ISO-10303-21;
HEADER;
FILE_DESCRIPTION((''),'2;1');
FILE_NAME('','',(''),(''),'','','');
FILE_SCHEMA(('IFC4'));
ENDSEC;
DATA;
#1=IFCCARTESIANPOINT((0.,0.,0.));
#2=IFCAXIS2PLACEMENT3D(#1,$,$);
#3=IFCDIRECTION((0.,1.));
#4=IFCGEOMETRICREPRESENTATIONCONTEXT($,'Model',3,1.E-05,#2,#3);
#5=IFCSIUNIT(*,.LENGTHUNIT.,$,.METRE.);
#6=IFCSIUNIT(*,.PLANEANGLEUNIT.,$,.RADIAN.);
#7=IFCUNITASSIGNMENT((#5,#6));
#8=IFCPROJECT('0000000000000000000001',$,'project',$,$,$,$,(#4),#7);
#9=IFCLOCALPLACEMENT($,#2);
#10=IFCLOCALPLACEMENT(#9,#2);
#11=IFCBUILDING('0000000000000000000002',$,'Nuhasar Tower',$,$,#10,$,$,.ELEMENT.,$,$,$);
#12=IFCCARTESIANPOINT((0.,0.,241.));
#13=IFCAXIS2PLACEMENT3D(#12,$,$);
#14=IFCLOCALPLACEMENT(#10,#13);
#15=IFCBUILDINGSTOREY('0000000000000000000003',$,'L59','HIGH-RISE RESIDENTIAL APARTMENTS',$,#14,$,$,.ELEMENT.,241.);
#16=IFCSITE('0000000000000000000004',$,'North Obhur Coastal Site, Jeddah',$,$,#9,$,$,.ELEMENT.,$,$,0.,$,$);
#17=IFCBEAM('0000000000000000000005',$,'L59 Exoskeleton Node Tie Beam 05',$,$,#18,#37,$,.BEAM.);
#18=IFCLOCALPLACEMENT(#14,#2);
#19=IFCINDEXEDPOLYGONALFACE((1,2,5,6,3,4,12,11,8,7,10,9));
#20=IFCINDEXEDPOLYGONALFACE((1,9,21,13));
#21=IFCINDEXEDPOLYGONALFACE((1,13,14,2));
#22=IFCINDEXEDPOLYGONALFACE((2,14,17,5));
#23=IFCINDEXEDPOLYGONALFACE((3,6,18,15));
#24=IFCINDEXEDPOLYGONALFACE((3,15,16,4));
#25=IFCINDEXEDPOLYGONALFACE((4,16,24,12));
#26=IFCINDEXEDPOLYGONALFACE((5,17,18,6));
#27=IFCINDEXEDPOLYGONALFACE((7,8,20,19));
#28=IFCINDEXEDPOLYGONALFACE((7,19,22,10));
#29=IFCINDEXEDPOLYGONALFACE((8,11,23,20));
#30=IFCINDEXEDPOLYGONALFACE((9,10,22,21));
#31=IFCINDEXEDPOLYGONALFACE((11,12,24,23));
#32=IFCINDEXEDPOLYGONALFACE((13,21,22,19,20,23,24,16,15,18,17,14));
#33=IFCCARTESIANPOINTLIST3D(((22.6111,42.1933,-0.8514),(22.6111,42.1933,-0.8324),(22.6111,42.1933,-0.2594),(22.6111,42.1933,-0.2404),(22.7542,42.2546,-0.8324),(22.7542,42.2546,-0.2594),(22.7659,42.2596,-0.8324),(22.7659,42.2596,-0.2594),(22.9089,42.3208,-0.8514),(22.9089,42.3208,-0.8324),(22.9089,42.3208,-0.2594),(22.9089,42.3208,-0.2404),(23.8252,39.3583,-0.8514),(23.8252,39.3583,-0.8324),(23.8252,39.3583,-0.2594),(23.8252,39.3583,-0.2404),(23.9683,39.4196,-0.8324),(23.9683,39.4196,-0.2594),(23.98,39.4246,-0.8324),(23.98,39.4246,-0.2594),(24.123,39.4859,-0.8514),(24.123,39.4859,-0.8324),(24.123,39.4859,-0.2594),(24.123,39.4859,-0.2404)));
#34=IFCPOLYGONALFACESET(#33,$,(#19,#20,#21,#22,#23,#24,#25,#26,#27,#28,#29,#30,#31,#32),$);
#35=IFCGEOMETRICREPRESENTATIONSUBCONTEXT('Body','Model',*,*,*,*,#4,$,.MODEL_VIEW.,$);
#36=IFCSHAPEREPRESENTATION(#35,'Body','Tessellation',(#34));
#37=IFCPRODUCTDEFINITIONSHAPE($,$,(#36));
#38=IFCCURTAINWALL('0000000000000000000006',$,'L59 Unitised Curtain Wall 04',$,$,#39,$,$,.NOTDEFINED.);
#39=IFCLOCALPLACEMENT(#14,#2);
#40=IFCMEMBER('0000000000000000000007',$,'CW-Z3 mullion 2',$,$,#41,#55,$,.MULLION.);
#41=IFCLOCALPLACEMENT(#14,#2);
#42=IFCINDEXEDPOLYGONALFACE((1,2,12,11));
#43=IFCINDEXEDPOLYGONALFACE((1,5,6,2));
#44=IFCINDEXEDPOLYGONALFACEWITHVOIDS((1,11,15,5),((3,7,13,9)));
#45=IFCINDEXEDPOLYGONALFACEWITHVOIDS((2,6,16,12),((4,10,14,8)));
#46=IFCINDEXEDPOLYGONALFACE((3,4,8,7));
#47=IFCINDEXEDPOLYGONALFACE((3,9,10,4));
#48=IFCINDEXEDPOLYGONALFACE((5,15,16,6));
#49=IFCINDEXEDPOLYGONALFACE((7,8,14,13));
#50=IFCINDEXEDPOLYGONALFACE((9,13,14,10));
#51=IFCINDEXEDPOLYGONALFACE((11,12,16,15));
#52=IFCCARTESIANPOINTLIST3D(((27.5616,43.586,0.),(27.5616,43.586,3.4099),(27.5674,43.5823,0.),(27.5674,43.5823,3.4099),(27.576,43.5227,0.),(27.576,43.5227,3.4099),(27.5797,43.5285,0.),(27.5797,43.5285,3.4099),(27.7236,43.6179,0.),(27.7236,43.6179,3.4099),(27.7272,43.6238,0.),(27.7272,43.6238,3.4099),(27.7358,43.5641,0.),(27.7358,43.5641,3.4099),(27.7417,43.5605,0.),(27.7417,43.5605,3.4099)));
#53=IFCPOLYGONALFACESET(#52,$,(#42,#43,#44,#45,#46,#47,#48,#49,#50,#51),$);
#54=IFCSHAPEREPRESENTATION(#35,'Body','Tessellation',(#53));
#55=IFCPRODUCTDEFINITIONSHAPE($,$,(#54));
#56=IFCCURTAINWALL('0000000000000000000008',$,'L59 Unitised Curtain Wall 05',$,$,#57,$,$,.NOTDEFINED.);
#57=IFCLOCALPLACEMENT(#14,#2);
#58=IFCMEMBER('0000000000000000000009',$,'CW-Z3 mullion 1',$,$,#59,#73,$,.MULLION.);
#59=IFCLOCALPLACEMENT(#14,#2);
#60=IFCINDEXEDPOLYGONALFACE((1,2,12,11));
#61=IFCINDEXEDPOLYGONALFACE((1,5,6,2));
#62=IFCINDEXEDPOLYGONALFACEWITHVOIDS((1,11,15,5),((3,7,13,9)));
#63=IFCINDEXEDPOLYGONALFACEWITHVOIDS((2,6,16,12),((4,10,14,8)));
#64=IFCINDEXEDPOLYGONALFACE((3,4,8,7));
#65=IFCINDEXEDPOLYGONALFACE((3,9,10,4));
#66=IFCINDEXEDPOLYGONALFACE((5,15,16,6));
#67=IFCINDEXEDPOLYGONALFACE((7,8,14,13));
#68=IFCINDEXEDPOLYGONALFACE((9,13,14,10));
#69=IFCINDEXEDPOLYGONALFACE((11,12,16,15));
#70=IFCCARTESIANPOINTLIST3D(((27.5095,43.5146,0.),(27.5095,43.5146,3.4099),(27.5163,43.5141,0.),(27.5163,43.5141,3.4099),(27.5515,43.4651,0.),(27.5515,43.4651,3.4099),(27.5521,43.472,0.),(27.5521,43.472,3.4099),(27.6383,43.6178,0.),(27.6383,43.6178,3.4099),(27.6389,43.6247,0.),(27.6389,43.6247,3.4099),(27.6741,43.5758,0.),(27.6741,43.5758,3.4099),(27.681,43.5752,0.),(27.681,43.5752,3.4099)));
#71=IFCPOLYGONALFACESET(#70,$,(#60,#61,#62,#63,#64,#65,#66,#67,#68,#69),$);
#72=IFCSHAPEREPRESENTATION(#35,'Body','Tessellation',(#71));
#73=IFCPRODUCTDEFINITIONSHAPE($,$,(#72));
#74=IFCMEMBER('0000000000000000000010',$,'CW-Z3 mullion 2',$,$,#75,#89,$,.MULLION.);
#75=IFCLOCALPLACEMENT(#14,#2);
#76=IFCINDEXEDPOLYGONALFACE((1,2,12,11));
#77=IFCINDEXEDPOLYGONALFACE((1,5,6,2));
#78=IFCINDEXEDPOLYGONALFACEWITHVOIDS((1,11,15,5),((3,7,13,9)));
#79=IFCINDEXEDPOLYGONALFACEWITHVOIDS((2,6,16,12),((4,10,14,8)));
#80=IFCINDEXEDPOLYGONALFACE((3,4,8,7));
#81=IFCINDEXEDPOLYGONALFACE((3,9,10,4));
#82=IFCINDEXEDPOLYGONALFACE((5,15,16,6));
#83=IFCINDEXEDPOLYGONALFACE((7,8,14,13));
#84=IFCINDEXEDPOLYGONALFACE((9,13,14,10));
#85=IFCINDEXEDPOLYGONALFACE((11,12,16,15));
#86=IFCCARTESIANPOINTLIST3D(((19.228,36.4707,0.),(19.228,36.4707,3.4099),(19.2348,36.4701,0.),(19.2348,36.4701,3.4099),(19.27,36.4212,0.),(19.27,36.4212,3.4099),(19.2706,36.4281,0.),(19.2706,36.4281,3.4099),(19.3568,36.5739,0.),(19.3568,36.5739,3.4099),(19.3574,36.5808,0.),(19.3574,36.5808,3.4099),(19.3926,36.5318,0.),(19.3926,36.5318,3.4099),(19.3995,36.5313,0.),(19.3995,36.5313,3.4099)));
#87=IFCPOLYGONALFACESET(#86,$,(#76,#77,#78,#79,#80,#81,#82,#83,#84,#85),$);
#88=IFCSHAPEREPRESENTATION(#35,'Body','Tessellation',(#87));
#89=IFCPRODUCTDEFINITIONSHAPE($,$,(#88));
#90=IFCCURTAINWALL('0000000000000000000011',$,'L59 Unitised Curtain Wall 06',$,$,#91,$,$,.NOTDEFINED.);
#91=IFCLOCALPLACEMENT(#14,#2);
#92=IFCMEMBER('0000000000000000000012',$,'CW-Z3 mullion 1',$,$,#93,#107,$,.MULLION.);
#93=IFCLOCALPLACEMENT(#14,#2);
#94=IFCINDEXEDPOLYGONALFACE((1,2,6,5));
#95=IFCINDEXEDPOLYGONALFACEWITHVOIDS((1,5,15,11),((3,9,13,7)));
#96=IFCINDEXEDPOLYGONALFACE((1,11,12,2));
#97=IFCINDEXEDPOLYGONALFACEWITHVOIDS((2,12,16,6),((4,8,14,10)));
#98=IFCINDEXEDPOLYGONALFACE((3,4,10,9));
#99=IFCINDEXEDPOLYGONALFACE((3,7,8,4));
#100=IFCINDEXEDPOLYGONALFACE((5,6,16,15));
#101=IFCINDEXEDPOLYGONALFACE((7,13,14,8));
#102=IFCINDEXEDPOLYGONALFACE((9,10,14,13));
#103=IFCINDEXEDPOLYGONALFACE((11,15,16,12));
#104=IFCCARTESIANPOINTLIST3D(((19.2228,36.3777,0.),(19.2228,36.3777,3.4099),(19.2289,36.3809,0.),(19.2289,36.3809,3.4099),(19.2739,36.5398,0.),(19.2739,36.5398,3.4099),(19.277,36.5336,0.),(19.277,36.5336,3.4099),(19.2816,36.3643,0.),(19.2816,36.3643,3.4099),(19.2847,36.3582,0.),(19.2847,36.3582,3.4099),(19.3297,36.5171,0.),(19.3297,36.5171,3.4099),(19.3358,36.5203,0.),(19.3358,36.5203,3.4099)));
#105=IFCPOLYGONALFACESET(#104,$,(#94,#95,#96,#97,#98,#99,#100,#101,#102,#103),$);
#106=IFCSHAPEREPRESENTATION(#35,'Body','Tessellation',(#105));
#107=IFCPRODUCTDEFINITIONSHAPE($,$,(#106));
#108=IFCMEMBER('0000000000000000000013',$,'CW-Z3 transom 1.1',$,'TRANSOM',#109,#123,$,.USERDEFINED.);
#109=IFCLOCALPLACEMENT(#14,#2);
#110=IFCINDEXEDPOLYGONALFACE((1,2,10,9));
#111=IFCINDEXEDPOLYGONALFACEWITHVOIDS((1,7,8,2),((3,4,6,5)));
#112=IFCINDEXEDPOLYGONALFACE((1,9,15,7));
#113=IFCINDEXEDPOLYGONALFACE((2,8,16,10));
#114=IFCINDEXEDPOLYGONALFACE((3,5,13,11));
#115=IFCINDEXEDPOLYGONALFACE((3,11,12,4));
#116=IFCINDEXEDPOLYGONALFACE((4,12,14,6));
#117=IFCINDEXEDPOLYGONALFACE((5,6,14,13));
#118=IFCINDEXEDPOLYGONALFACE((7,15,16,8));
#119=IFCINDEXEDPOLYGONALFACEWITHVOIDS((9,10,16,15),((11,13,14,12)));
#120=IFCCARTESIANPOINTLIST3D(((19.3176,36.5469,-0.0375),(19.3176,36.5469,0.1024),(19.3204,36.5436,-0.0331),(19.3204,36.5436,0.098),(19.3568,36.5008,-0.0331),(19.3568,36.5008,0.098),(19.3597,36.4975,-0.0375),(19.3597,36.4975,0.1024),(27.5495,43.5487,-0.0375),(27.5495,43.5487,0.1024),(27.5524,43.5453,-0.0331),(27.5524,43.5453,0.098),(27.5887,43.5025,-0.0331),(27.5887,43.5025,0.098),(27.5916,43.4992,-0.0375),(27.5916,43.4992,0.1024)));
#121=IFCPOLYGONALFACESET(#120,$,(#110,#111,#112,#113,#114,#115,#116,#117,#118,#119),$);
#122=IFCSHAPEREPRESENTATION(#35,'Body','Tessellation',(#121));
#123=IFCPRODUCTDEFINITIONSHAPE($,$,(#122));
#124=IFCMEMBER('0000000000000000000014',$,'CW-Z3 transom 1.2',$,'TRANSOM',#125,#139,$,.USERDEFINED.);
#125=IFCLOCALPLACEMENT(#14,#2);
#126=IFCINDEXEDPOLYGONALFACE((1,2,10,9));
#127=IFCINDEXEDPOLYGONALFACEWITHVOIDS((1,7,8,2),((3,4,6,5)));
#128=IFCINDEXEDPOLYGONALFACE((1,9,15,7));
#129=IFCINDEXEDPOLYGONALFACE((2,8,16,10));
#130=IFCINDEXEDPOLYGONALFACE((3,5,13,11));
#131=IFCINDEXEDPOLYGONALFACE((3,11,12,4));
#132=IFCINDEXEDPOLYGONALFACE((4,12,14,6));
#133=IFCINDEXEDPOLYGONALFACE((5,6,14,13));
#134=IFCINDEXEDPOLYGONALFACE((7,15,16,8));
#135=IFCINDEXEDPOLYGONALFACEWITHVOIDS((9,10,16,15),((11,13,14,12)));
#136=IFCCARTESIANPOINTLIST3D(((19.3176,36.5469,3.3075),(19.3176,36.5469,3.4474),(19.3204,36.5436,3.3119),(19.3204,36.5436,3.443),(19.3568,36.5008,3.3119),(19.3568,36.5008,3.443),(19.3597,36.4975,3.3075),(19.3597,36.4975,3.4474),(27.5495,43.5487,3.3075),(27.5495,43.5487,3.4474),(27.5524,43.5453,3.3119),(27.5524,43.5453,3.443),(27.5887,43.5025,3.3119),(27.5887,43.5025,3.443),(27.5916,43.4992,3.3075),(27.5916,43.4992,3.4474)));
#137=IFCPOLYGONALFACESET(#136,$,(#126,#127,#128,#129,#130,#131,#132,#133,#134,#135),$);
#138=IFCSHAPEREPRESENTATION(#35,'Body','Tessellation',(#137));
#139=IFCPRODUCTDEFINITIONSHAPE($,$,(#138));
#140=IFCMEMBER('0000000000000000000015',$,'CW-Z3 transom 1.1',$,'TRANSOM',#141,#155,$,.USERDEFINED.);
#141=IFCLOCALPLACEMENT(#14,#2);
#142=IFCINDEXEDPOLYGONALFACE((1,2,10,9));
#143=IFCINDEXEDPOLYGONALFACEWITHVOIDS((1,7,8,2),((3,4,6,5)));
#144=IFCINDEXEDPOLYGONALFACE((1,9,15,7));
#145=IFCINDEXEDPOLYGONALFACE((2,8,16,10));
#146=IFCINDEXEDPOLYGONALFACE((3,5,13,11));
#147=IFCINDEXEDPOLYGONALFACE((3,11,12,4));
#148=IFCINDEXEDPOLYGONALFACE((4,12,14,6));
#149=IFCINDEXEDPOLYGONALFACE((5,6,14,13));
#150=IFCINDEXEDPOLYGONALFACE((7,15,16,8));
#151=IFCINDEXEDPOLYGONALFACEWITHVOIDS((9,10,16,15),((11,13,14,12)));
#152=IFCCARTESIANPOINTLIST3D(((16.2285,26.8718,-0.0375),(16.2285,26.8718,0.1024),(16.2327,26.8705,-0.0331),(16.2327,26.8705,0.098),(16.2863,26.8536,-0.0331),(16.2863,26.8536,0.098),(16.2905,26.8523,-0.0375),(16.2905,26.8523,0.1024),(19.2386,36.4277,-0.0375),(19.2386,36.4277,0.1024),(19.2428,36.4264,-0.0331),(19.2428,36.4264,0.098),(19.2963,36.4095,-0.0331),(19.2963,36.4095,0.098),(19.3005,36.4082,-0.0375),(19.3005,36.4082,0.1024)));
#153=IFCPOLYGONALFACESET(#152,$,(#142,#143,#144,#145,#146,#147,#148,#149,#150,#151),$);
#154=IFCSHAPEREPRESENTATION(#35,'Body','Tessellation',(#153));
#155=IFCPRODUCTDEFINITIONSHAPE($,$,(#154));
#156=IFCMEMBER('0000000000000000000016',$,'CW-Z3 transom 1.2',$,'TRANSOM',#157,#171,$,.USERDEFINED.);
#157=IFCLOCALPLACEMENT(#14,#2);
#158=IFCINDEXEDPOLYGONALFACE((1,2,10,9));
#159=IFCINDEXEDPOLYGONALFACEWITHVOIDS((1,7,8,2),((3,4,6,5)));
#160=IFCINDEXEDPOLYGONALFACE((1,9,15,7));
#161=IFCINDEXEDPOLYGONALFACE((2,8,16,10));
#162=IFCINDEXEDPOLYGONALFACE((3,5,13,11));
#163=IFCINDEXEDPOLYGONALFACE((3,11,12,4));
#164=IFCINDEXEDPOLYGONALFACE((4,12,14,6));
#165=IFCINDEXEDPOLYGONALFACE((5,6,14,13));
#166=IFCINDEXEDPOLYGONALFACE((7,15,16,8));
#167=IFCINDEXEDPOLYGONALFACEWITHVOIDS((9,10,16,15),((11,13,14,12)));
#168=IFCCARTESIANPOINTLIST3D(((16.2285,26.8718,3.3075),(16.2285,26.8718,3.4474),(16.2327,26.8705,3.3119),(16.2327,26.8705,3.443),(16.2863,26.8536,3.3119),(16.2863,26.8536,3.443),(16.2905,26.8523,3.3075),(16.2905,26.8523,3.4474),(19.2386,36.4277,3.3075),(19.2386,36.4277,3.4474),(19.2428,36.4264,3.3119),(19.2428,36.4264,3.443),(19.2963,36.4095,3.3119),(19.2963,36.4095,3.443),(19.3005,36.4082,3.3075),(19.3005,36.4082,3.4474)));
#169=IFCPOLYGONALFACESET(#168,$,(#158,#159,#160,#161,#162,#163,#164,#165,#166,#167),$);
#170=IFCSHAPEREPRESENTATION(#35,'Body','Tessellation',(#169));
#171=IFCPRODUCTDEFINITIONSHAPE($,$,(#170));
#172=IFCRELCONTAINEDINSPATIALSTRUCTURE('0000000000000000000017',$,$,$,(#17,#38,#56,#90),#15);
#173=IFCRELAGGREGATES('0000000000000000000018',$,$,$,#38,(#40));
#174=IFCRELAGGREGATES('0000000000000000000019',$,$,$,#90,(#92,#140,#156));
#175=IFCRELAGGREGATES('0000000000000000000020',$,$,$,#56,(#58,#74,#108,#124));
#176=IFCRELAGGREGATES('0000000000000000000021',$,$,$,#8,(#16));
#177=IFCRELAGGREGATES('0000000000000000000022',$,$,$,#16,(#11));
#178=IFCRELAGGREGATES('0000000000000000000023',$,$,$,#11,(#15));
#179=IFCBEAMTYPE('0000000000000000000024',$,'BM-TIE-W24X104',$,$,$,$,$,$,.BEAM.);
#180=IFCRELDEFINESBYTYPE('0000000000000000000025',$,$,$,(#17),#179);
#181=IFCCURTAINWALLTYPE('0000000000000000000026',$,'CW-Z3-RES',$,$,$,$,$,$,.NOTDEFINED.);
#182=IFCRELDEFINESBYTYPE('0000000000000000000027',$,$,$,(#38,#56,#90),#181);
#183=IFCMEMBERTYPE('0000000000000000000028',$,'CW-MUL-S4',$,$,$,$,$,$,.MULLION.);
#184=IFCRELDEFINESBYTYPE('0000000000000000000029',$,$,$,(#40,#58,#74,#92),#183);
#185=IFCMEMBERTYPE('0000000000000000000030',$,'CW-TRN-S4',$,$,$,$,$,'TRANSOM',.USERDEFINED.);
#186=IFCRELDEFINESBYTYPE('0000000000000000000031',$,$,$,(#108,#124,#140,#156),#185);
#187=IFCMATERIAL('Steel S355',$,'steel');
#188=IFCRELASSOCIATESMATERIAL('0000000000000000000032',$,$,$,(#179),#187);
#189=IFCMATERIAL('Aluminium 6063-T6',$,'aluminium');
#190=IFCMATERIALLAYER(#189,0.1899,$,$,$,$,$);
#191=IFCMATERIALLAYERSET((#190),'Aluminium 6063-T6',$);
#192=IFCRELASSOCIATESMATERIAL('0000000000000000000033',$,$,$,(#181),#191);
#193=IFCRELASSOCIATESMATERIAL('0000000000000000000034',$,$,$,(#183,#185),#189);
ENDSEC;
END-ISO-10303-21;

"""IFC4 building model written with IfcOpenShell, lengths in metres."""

from ifc_helpers import new_model, si_unit, direction, frame, origin, origin_2d, place, context, subcontext, project, spatial, hollow_rectangle, i_section, extrude, material, layer, layer_set, material_profile, profile_set, type_object, element, aggregate, save


model = new_model("IFC4")

# Units and contexts
model_context = context("Model", 3, precision=1e-05, world=origin(), true_north=direction((0.0, 1.0)))
body_context = subcontext(model_context, "Body", "Model", "MODEL_VIEW")
ifc_project = project(units=[si_unit("LENGTHUNIT", "METRE"), si_unit("PLANEANGLEUNIT", "RADIAN")], contexts=[model_context])

# Site, building, storey
site_placement = place(None, origin())
site = spatial("IfcSite", under=ifc_project, at=site_placement, Name="North Obhur Coastal Site, Jeddah", CompositionType="ELEMENT", RefElevation=0.0)
building_placement = place(site_placement, origin())
building = spatial("IfcBuilding", under=site, at=building_placement, Name="Nuhasar Tower", CompositionType="ELEMENT")
storey_placement = place(building_placement, frame((0.0, 0.0, 241.0)))
storey = spatial("IfcBuildingStorey", under=building, at=storey_placement, Name="L59", Description="HIGH-RISE RESIDENTIAL APARTMENTS", CompositionType="ELEMENT", Elevation=241.0)

# Beam
ifc_material_1 = material(Name="Steel S355", Category="steel")
ifc_material_profile_1 = material_profile(ifc_material_1, i_section(OverallWidth=0.324, OverallDepth=0.6111, WebThickness=0.0127, FlangeThickness=0.019, at=origin_2d()), Name="W24X104")
ifc_profile_set_1 = profile_set([ifc_material_profile_1], Name="Steel S355")
beam_type_1 = type_object("IfcBeamType", Name="BM-TIE-W24X104", PredefinedType="BEAM", material=ifc_profile_set_1)
beam_1_placement = place(storey_placement, frame((23.9741, 39.4221, -0.5459), z_axis=(-0.39368, 0.919247, 0.0), x_axis=(-0.919247, -0.39368, 0.0)))
element("IfcBeam", 1, at=beam_1_placement, inside=storey, type_object=beam_type_1, Name="L59 Exoskeleton Node Tie Beam 05", PredefinedType="BEAM", context=body_context, shape_type="SweptSolid", body=[
    extrude(i_section(OverallWidth=0.324, OverallDepth=0.6111, WebThickness=0.0127, FlangeThickness=0.019, at=origin_2d()), origin(), (0.0, 0.0, 1.0), 3.084),
])

# Curtain wall, member
ifc_material_2 = material(Name="Aluminium 6063-T6", Category="aluminium")
ifc_layer_1 = layer(ifc_material_2, 0.1899)
ifc_layer_set_1 = layer_set([ifc_layer_1], Name="Aluminium 6063-T6")
curtain_wall_type = type_object("IfcCurtainWallType", Name="CW-Z3-RES", PredefinedType="NOTDEFINED", material=ifc_layer_set_1)
curtain_wall_1_placement = place(storey_placement, origin())
curtain_wall_1 = element("IfcCurtainWall", 2, at=curtain_wall_1_placement, inside=storey, type_object=curtain_wall_type, Name="L59 Unitised Curtain Wall 04", PredefinedType="NOTDEFINED")
ifc_material_profile_2 = material_profile(ifc_material_2, hollow_rectangle(XDim=0.0649, YDim=0.1699, WallThickness=0.0049, at=origin_2d()), Name="CWM-4")
ifc_profile_set_2 = profile_set([ifc_material_profile_2], Name="Aluminium 6063-T6")
member_type_1 = type_object("IfcMemberType", Name="CW-MUL-S4", PredefinedType="MULLION", material=ifc_profile_set_2)
member_1_placement = place(storey_placement, frame((27.6516, 43.5732, 0.0), z_axis=(0.0, 0.0, 1.0), x_axis=(0.222243, -0.974991, 0.0)))
member_1 = element("IfcMember", 3, at=member_1_placement, type_object=member_type_1, Name="CW-Z3 mullion 2", PredefinedType="MULLION", context=body_context, shape_type="SweptSolid", body=[
    extrude(hollow_rectangle(XDim=0.0649, YDim=0.1699, WallThickness=0.0049, at=origin_2d()), origin(), (0.0, 0.0, 1.0), 3.4099),
])
aggregate(curtain_wall_1, [member_1])

# Curtain wall, members
curtain_wall_2_placement = place(storey_placement, origin())
curtain_wall_2 = element("IfcCurtainWall", 4, at=curtain_wall_2_placement, inside=storey, type_object=curtain_wall_type, Name="L59 Unitised Curtain Wall 05", PredefinedType="NOTDEFINED")
member_2_placement = place(storey_placement, frame((27.5952, 43.5449, 0.0), z_axis=(0.0, 0.0, 1.0), x_axis=(0.647895, -0.761729, 0.0)))
member_2 = element("IfcMember", 5, at=member_2_placement, type_object=member_type_1, Name="CW-Z3 mullion 1", PredefinedType="MULLION", context=body_context, shape_type="SweptSolid", body=[
    extrude(hollow_rectangle(XDim=0.0649, YDim=0.1699, WallThickness=0.0049, at=origin_2d()), origin(), (0.0, 0.0, 1.0), 3.4099),
])
member_3_placement = place(storey_placement, frame((19.3137, 36.501, 0.0), z_axis=(0.0, 0.0, 1.0), x_axis=(0.647895, -0.761729, 0.0)))
member_3 = element("IfcMember", 6, at=member_3_placement, type_object=member_type_1, Name="CW-Z3 mullion 2", PredefinedType="MULLION", context=body_context, shape_type="SweptSolid", body=[
    extrude(hollow_rectangle(XDim=0.0649, YDim=0.1699, WallThickness=0.0049, at=origin_2d()), origin(), (0.0, 0.0, 1.0), 3.4099),
])

# Curtain wall, member
curtain_wall_3_placement = place(storey_placement, origin())
curtain_wall_3 = element("IfcCurtainWall", 7, at=curtain_wall_3_placement, inside=storey, type_object=curtain_wall_type, Name="L59 Unitised Curtain Wall 06", PredefinedType="NOTDEFINED")
member_4_placement = place(storey_placement, frame((19.2793, 36.449, 0.0), z_axis=(0.0, 0.0, 1.0), x_axis=(0.953804, -0.300429, 0.0)))
member_4 = element("IfcMember", 8, at=member_4_placement, type_object=member_type_1, Name="CW-Z3 mullion 1", PredefinedType="MULLION", context=body_context, shape_type="SweptSolid", body=[
    extrude(hollow_rectangle(XDim=0.0649, YDim=0.1699, WallThickness=0.0049, at=origin_2d()), origin(), (0.0, 0.0, 1.0), 3.4099),
])

# Members
ifc_material_profile_3 = material_profile(ifc_material_2, hollow_rectangle(XDim=0.0649, YDim=0.1399, WallThickness=0.0044, at=origin_2d()), Name="CWT-4")
ifc_profile_set_3 = profile_set([ifc_material_profile_3], Name="Aluminium 6063-T6")
member_type_2 = type_object("IfcMemberType", Name="CW-TRN-S4", ElementType="TRANSOM", PredefinedType="USERDEFINED", material=ifc_profile_set_3)
member_5_placement = place(storey_placement, frame((27.5706, 43.5239, 0.0325), z_axis=(-0.761731, -0.647894, 0.0), x_axis=(0.647894, -0.761731, 0.0)))
member_5 = element("IfcMember", 9, at=member_5_placement, type_object=member_type_2, Name="CW-Z3 transom 1.1", ObjectType="TRANSOM", PredefinedType="USERDEFINED", context=body_context, shape_type="SweptSolid", body=[
    extrude(hollow_rectangle(XDim=0.0649, YDim=0.1399, WallThickness=0.0044, at=origin_2d()), origin(), (0.0, 0.0, 1.0), 10.8069),
])
member_6_placement = place(storey_placement, frame((27.5706, 43.5239, 3.3774), z_axis=(-0.761731, -0.647894, 0.0), x_axis=(0.647894, -0.761731, 0.0)))
member_6 = element("IfcMember", 10, at=member_6_placement, type_object=member_type_2, Name="CW-Z3 transom 1.2", ObjectType="TRANSOM", PredefinedType="USERDEFINED", context=body_context, shape_type="SweptSolid", body=[
    extrude(hollow_rectangle(XDim=0.0649, YDim=0.1399, WallThickness=0.0044, at=origin_2d()), origin(), (0.0, 0.0, 1.0), 10.8069),
])
member_7_placement = place(storey_placement, frame((19.2695, 36.418, 0.0325), z_axis=(-0.300437, -0.953802, 0.0), x_axis=(0.953802, -0.300437, 0.0)))
member_7 = element("IfcMember", 11, at=member_7_placement, type_object=member_type_2, Name="CW-Z3 transom 1.1", ObjectType="TRANSOM", PredefinedType="USERDEFINED", context=body_context, shape_type="SweptSolid", body=[
    extrude(hollow_rectangle(XDim=0.0649, YDim=0.1399, WallThickness=0.0044, at=origin_2d()), origin(), (0.0, 0.0, 1.0), 10.0188),
])
member_8_placement = place(storey_placement, frame((19.2695, 36.418, 3.3774), z_axis=(-0.300437, -0.953802, 0.0), x_axis=(0.953802, -0.300437, 0.0)))
member_8 = element("IfcMember", 12, at=member_8_placement, type_object=member_type_2, Name="CW-Z3 transom 1.2", ObjectType="TRANSOM", PredefinedType="USERDEFINED", context=body_context, shape_type="SweptSolid", body=[
    extrude(hollow_rectangle(XDim=0.0649, YDim=0.1399, WallThickness=0.0044, at=origin_2d()), origin(), (0.0, 0.0, 1.0), 10.0188),
])
aggregate(curtain_wall_3, [member_4, member_7, member_8])

aggregate(curtain_wall_2, [member_2, member_3, member_5, member_6])

save(model, "model.ifc")
